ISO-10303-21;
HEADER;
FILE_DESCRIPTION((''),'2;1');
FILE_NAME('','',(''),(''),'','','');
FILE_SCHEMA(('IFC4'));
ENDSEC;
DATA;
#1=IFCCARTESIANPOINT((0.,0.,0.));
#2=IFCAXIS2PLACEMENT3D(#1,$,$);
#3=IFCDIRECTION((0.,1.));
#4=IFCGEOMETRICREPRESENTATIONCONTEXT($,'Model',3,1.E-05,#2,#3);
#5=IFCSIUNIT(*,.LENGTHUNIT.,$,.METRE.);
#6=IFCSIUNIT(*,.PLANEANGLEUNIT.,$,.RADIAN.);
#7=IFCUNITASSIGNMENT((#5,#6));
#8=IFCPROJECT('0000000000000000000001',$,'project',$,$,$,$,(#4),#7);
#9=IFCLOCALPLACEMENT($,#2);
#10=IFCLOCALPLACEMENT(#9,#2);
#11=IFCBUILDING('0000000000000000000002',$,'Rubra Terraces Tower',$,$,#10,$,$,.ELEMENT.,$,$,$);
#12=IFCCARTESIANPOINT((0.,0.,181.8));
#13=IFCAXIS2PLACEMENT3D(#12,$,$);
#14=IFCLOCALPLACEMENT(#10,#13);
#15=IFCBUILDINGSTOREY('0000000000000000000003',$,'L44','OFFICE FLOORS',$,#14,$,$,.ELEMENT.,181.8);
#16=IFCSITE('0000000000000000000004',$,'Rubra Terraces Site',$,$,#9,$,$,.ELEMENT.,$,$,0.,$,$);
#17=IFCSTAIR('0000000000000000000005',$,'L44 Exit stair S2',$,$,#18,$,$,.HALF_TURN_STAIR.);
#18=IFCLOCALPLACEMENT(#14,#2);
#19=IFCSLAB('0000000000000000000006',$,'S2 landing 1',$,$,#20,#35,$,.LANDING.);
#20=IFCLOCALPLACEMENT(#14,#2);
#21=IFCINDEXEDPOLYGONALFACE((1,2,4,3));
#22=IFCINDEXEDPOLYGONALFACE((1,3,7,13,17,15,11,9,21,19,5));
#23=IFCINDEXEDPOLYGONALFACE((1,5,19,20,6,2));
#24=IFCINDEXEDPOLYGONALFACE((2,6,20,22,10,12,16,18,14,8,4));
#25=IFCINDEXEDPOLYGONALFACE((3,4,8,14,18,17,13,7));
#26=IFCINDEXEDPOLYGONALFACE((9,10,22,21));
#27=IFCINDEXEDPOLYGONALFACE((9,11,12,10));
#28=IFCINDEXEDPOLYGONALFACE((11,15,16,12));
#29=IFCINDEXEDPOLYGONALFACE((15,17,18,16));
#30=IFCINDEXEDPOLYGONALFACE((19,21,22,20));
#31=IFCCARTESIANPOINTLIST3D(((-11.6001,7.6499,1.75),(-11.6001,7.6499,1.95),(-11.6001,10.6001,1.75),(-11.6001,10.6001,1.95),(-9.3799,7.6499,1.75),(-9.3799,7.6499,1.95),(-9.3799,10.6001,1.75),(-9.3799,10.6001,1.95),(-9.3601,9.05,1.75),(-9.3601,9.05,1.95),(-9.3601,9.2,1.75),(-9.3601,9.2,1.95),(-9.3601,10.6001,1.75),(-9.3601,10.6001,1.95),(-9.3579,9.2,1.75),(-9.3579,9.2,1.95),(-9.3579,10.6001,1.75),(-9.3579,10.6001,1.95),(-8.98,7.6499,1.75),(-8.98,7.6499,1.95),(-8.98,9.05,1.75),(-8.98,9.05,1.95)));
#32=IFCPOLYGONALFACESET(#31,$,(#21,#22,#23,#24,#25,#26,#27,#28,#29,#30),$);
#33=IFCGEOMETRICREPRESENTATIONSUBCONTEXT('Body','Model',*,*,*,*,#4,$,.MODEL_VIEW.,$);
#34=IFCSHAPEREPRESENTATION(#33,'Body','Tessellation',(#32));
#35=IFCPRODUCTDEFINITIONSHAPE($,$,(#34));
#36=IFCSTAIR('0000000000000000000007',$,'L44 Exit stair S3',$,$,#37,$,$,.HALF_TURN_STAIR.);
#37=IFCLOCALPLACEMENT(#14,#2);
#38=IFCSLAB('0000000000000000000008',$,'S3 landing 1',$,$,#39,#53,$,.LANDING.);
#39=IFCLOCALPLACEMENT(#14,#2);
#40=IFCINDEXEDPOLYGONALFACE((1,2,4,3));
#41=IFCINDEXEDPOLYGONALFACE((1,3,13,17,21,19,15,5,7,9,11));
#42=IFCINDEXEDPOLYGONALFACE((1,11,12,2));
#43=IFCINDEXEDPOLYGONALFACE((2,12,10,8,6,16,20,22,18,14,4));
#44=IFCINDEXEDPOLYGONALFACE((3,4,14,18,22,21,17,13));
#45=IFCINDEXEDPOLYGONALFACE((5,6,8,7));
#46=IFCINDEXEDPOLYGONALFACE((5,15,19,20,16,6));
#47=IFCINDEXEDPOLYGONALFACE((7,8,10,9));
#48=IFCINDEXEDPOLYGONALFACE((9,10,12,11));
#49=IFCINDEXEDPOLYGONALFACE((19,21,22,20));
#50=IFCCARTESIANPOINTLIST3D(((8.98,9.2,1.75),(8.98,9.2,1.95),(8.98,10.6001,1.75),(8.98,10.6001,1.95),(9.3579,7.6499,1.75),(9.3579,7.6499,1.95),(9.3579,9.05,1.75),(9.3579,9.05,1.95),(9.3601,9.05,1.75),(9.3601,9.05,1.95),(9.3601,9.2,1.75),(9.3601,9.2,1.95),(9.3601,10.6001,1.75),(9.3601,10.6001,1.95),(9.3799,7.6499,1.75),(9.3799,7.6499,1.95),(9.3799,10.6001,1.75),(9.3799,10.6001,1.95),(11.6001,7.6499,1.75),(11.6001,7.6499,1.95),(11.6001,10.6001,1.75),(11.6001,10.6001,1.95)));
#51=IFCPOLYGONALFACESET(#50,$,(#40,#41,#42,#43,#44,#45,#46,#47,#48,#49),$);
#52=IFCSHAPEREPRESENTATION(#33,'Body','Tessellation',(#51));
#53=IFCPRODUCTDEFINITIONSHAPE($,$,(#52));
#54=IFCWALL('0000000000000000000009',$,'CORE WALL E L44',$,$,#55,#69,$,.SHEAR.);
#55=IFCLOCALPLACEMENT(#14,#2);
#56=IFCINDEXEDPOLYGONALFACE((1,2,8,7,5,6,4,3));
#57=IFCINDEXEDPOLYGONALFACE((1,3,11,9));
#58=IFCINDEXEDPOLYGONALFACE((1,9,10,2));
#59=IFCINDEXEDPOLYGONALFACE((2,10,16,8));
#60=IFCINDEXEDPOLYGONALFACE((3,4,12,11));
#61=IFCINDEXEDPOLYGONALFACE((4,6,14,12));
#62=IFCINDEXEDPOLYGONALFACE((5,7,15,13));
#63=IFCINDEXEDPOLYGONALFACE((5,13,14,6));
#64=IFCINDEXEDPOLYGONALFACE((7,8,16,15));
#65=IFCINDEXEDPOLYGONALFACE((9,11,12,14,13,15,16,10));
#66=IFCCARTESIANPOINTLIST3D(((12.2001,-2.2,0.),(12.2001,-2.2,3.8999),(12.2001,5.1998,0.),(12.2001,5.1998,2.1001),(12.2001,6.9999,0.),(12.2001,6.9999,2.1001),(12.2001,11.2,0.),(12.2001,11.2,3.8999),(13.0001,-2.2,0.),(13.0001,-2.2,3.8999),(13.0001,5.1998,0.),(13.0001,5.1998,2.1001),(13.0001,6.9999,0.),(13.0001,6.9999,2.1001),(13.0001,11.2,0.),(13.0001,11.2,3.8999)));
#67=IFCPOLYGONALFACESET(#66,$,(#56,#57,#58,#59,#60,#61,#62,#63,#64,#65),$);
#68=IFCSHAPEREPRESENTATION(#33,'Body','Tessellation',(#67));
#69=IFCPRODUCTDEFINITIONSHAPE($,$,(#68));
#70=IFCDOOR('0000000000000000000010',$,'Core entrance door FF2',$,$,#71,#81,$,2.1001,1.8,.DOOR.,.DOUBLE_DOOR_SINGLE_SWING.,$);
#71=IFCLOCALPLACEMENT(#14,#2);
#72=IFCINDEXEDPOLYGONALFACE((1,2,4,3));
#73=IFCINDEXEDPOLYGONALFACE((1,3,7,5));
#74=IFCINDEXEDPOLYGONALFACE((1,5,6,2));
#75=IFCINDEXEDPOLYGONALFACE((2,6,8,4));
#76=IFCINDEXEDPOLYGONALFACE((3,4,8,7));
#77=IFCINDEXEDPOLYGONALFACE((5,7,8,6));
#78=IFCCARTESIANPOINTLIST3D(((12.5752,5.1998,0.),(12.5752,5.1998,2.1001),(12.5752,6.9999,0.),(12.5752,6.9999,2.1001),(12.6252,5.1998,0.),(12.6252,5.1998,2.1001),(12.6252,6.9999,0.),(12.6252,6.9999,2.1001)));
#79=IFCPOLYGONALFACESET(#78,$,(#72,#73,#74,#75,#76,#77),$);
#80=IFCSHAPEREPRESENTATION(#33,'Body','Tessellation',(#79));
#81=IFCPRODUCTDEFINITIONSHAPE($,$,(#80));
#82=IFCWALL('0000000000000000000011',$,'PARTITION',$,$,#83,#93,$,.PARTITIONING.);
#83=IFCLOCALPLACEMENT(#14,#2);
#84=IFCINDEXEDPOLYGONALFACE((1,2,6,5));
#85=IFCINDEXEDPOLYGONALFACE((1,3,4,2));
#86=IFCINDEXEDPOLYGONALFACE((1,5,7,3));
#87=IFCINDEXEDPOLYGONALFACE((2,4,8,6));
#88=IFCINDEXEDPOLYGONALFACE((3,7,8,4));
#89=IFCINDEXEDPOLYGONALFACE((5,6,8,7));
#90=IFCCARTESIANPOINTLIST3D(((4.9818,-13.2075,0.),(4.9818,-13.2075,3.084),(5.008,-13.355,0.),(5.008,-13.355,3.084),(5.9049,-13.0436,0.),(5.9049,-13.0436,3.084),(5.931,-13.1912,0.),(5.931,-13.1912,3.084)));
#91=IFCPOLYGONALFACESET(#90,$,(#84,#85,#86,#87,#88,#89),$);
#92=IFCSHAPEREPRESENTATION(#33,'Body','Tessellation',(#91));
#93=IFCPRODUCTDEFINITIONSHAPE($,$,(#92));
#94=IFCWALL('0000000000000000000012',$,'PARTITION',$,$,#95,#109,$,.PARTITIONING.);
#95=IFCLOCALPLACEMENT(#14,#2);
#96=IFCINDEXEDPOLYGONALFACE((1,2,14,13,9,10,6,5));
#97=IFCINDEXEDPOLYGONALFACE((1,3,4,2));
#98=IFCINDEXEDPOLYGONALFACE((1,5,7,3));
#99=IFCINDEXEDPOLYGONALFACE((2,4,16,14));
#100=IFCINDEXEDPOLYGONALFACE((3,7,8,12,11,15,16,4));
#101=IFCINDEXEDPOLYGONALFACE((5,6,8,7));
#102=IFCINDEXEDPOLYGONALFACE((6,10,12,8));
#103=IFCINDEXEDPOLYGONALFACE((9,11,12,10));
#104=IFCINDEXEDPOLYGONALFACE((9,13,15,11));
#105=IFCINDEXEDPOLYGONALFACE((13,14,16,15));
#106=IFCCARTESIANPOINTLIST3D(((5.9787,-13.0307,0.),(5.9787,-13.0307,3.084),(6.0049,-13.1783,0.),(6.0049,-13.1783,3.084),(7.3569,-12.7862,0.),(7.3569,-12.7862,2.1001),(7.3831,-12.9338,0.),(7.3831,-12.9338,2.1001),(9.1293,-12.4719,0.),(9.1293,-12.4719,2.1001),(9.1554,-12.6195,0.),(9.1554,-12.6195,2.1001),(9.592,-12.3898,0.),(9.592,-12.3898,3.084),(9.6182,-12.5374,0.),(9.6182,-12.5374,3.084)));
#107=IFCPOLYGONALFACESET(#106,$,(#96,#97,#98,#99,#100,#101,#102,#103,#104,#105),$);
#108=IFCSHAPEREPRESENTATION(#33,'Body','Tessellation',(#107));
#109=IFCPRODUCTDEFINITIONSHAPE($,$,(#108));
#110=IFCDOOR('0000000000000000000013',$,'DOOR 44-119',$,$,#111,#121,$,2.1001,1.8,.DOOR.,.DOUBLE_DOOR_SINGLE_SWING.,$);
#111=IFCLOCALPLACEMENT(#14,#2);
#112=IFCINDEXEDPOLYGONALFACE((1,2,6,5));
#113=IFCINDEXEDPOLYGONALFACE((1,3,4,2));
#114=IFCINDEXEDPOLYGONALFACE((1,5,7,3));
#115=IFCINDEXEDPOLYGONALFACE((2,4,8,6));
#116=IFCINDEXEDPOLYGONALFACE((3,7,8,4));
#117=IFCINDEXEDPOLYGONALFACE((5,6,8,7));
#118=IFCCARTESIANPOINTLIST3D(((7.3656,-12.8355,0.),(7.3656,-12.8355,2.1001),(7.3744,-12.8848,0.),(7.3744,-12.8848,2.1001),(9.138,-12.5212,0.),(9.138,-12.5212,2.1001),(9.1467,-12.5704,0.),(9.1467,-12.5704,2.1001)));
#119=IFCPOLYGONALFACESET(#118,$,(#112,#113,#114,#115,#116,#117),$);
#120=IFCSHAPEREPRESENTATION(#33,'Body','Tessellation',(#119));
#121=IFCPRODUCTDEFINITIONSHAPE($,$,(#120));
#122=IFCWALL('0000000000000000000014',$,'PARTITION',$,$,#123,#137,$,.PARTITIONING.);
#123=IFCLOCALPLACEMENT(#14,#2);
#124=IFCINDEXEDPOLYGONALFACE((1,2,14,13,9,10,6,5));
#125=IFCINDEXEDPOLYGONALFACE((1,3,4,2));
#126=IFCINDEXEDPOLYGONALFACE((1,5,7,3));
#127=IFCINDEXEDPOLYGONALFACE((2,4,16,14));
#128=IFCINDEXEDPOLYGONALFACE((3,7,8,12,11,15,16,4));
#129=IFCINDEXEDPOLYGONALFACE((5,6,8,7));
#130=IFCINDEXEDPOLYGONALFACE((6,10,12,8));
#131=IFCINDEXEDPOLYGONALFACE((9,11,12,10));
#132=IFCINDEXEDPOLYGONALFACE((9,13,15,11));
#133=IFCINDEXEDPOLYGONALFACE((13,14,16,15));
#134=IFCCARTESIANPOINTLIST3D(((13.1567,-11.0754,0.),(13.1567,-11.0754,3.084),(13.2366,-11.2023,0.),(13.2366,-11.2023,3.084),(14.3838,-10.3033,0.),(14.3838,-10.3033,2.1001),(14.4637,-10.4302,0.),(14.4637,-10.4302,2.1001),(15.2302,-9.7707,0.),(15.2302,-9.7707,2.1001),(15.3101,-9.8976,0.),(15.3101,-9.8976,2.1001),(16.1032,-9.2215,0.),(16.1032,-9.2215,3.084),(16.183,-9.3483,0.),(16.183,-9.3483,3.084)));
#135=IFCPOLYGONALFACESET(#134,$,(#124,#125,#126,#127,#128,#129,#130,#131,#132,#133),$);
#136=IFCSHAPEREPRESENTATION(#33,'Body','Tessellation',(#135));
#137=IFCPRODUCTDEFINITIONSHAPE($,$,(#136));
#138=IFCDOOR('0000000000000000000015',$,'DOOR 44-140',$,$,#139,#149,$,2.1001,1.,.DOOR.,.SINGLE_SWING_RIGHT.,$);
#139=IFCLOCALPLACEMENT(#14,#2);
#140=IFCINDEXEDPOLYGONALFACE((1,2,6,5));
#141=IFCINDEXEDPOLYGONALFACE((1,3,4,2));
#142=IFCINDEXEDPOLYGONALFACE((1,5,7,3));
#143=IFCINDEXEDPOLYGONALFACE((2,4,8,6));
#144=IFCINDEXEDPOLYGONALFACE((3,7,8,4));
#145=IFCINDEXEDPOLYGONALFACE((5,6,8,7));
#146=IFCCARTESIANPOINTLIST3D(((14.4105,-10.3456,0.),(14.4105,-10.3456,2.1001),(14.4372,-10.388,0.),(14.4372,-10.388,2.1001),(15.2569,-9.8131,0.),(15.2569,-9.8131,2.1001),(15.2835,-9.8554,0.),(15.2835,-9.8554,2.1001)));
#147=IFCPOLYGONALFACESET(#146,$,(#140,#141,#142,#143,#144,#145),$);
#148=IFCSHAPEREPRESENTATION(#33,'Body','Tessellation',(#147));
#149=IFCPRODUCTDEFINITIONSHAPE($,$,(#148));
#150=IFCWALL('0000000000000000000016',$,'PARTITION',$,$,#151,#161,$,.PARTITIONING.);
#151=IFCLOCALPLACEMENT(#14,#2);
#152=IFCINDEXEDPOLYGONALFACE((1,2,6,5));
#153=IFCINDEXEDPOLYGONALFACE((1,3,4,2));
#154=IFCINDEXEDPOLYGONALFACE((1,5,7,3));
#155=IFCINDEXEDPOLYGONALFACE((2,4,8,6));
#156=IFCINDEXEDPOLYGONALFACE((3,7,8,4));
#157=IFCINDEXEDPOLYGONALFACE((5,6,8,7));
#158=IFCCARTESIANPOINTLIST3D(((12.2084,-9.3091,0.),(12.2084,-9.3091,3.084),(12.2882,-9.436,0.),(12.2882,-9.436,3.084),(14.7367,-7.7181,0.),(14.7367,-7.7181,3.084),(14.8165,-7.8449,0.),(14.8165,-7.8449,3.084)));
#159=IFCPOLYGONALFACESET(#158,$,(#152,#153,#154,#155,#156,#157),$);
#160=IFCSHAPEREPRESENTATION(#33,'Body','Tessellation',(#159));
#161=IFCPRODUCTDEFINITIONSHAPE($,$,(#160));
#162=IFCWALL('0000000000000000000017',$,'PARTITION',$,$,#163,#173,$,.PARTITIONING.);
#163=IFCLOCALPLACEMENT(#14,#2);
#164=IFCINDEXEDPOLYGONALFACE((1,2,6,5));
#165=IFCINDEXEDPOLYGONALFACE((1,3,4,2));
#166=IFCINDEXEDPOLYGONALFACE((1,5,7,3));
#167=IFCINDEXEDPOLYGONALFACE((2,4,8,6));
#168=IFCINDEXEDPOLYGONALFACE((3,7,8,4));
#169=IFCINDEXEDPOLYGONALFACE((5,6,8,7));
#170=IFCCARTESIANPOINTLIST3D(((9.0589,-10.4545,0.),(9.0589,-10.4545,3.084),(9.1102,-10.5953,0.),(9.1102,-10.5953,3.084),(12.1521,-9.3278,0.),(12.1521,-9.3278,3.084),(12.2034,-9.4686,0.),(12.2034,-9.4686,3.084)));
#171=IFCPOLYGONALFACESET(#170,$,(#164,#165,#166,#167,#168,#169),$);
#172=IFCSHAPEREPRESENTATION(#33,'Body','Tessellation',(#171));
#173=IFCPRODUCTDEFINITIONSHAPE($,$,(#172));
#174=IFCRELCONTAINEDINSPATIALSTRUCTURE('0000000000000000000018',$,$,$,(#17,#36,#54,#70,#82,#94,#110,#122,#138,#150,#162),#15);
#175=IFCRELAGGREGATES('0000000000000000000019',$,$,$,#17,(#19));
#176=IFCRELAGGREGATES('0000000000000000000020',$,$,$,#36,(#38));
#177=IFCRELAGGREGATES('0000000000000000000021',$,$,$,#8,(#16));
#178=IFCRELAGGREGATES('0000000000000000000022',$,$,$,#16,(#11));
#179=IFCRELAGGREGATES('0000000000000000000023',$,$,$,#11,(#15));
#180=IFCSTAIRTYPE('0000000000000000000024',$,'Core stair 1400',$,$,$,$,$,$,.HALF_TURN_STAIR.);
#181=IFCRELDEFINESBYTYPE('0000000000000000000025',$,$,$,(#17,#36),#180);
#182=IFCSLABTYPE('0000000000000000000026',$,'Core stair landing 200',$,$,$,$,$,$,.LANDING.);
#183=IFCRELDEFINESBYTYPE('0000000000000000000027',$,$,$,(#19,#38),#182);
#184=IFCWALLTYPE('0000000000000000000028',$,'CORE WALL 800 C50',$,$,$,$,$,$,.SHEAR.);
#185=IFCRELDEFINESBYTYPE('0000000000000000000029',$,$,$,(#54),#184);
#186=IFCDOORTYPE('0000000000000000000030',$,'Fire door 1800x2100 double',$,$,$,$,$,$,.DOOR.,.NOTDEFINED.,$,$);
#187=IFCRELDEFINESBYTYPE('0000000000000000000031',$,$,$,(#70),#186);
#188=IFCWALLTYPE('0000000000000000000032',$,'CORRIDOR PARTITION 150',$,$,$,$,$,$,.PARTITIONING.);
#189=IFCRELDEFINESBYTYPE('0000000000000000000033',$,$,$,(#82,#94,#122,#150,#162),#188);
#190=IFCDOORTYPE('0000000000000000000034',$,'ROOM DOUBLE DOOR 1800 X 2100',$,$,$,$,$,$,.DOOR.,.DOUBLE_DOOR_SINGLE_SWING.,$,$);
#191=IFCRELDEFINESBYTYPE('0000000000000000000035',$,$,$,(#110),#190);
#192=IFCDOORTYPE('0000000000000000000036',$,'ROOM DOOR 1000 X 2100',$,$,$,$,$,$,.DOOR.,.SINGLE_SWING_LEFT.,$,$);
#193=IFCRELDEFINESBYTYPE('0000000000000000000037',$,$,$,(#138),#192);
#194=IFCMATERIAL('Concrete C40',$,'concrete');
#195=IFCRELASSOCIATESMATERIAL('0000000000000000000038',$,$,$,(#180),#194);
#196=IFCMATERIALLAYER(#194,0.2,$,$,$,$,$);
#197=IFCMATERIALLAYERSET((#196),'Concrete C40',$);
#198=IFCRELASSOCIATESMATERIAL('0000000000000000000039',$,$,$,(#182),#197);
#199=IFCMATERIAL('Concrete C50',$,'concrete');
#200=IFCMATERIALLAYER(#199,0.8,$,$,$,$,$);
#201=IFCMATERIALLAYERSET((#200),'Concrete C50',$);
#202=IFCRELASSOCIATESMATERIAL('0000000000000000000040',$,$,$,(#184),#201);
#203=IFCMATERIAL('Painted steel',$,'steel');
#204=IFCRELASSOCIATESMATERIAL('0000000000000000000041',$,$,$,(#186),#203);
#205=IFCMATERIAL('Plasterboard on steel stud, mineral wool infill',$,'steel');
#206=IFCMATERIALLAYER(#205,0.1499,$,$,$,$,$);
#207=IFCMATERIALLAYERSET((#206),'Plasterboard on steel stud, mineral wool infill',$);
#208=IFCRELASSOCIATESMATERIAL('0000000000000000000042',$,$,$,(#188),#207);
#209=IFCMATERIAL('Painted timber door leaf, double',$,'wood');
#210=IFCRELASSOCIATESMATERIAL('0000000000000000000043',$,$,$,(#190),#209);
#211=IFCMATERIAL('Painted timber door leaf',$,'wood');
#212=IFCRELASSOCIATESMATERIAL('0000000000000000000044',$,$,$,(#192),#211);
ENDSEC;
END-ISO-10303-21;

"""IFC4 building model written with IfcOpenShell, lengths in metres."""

from ifc_helpers import new_model, si_unit, direction, frame, frame_2d, origin, place, context, subcontext, project, spatial, polyline, rectangle, outline, extrude, material, layer, layer_set, type_object, element, fill, aggregate, save


model = new_model("IFC4")

# Units and contexts
model_context = context("Model", 3, precision=1e-05, world=origin(), true_north=direction((0.0, 1.0)))
body_context = subcontext(model_context, "Body", "Model", "MODEL_VIEW")
ifc_project = project(units=[si_unit("LENGTHUNIT", "METRE"), si_unit("PLANEANGLEUNIT", "RADIAN")], contexts=[model_context])

# Site, building, storey
site_placement = place(None, origin())
site = spatial("IfcSite", under=ifc_project, at=site_placement, Name="Rubra Terraces Site", CompositionType="ELEMENT", RefElevation=0.0)
building_placement = place(site_placement, origin())
building = spatial("IfcBuilding", under=site, at=building_placement, Name="Rubra Terraces Tower", CompositionType="ELEMENT")
storey_placement = place(building_placement, frame((0.0, 0.0, 181.8)))
storey = spatial("IfcBuildingStorey", under=building, at=storey_placement, Name="L44", Description="OFFICE FLOORS", CompositionType="ELEMENT", Elevation=181.8)

# Stairs, slabs
ifc_material_1 = material(Name="Concrete C40", Category="concrete")
stair_type = type_object("IfcStairType", Name="Core stair 1400", PredefinedType="HALF_TURN_STAIR", material=ifc_material_1)
stair_1_placement = place(storey_placement, origin())
stair_1 = element("IfcStair", 1, at=stair_1_placement, inside=storey, type_object=stair_type, Name="L44 Exit stair S2", PredefinedType="HALF_TURN_STAIR")
ifc_layer_1 = layer(ifc_material_1, 0.2)
ifc_layer_set_1 = layer_set([ifc_layer_1], Name="Concrete C40")
slab_type = type_object("IfcSlabType", Name="Core stair landing 200", PredefinedType="LANDING", material=ifc_layer_set_1)
slab_1_placement = place(storey_placement, frame((0.0, 0.0, 1.75)))
slab_1 = element("IfcSlab", 2, at=slab_1_placement, type_object=slab_type, Name="S2 landing 1", PredefinedType="LANDING", context=body_context, shape_type="SweptSolid", body=[
    extrude(outline(polyline([(-8.98, 9.05), (-8.98, 7.6499), (-9.3799, 7.6499), (-11.6001, 7.6499), (-11.6001, 10.6001), (-9.3799, 10.6001), (-9.3601, 10.6001), (-9.3579, 10.6001), (-9.3579, 9.2), (-9.3601, 9.2), (-9.3601, 9.05), (-8.98, 9.05)])), origin(), (0.0, 0.0, 1.0), 0.2),
])
aggregate(stair_1, [slab_1])
stair_2_placement = place(storey_placement, origin())
stair_2 = element("IfcStair", 3, at=stair_2_placement, inside=storey, type_object=stair_type, Name="L44 Exit stair S3", PredefinedType="HALF_TURN_STAIR")
slab_2_placement = place(storey_placement, frame((0.0, 0.0, 1.75)))
slab_2 = element("IfcSlab", 4, at=slab_2_placement, type_object=slab_type, Name="S3 landing 1", PredefinedType="LANDING", context=body_context, shape_type="SweptSolid", body=[
    extrude(outline(polyline([(9.3601, 9.05), (9.3601, 9.2), (8.98, 9.2), (8.98, 10.6001), (9.3601, 10.6001), (9.3799, 10.6001), (11.6001, 10.6001), (11.6001, 7.6499), (9.3799, 7.6499), (9.3579, 7.6499), (9.3579, 9.05), (9.3601, 9.05)])), origin(), (0.0, 0.0, 1.0), 0.2),
])
aggregate(stair_2, [slab_2])

# Wall, opening, door
ifc_material_2 = material(Name="Concrete C50", Category="concrete")
ifc_layer_2 = layer(ifc_material_2, 0.8)
ifc_layer_set_2 = layer_set([ifc_layer_2], Name="Concrete C50")
wall_type_1 = type_object("IfcWallType", Name="CORE WALL 800 C50", PredefinedType="SHEAR", material=ifc_layer_set_2)
wall_1_placement = place(storey_placement, frame((12.6001, -2.2, 0.0), z_axis=(0.0, 0.0, 1.0), x_axis=(0.0, 1.0, 0.0)))
wall_1 = element("IfcWall", 5, at=wall_1_placement, inside=storey, type_object=wall_type_1, Name="CORE WALL E L44", PredefinedType="SHEAR", context=body_context, shape_type="SweptSolid", body=[
    extrude(rectangle(XDim=13.3999, YDim=0.8, at=frame_2d((6.7, 0.0))), origin(), (0.0, 0.0, 1.0), 3.8999),
])
opening_1_placement = place(wall_1_placement, frame((7.3999, 0.0, 0.0)))
opening_1 = element("IfcOpeningElement", 6, at=opening_1_placement, cuts=wall_1, PredefinedType="OPENING", context=body_context, shape_type="SweptSolid", body=[
    extrude(rectangle(XDim=1.8, YDim=2.1001, at=frame_2d((0.8999, 1.05))), frame((0.0, 0.4099, 0.0), z_axis=(0.0, -1.0, 0.0), x_axis=(1.0, 0.0, 0.0)), (0.0, 0.0, 1.0), 0.8201),
])
ifc_material_3 = material(Name="Painted steel", Category="steel")
door_type_1 = type_object("IfcDoorType", Name="Fire door 1800x2100 double", OperationType="NOTDEFINED", PredefinedType="DOOR", material=ifc_material_3)
door_1_placement = place(opening_1_placement, origin())
door_1 = element("IfcDoor", 7, at=door_1_placement, inside=storey, type_object=door_type_1, Name="Core entrance door FF2", OperationType="DOUBLE_DOOR_SINGLE_SWING", OverallHeight=2.1001, OverallWidth=1.8, PredefinedType="DOOR", context=body_context, shape_type="SweptSolid", body=[
    extrude(rectangle(XDim=1.8, YDim=2.1001, at=frame_2d((0.8999, 1.05))), frame((0.0, 0.0249, 0.0), z_axis=(0.0, -1.0, 0.0), x_axis=(1.0, 0.0, 0.0)), (0.0, 0.0, 1.0), 0.05),
])
fill(opening_1, door_1)

# Wall
ifc_material_4 = material(Name="Plasterboard on steel stud, mineral wool infill", Category="steel")
ifc_layer_3 = layer(ifc_material_4, 0.1499)
ifc_layer_set_3 = layer_set([ifc_layer_3], Name="Plasterboard on steel stud, mineral wool infill")
wall_type_2 = type_object("IfcWallType", Name="CORRIDOR PARTITION 150", PredefinedType="PARTITIONING", material=ifc_layer_set_3)
wall_2_placement = place(storey_placement, frame((4.9949, -13.2812, 0.0), z_axis=(0.0, 0.0, 1.0), x_axis=(0.984615, 0.174736, 0.0)))
element("IfcWall", 8, at=wall_2_placement, inside=storey, type_object=wall_type_2, Name="PARTITION", PredefinedType="PARTITIONING", context=body_context, shape_type="SweptSolid", body=[
    extrude(rectangle(XDim=0.9375, YDim=0.1499, at=frame_2d((0.4688, 0.0))), origin(), (0.0, 0.0, 1.0), 3.084),
])

# Walls, openings, doors
wall_3_placement = place(storey_placement, frame((5.9917, -13.1045, 0.0), z_axis=(0.0, 0.0, 1.0), x_axis=(0.984632, 0.174639, 0.0)))
wall_3 = element("IfcWall", 9, at=wall_3_placement, inside=storey, type_object=wall_type_2, Name="PARTITION", PredefinedType="PARTITIONING", context=body_context, shape_type="SweptSolid", body=[
    extrude(rectangle(XDim=3.6697, YDim=0.1499, at=frame_2d((1.835, 0.0))), origin(), (0.0, 0.0, 1.0), 3.084),
])
opening_2_placement = place(wall_3_placement, frame((1.3999, 0.0, 0.0)))
opening_2 = element("IfcOpeningElement", 10, at=opening_2_placement, cuts=wall_3, PredefinedType="OPENING", context=body_context, shape_type="SweptSolid", body=[
    extrude(rectangle(XDim=1.8, YDim=2.1001, at=frame_2d((0.8999, 1.05))), frame((0.0, 0.085, 0.0), z_axis=(0.0, -1.0, 0.0), x_axis=(1.0, 0.0, 0.0)), (0.0, 0.0, 1.0), 0.1699),
])
ifc_material_5 = material(Name="Painted timber door leaf, double", Category="wood")
door_type_2 = type_object("IfcDoorType", Name="ROOM DOUBLE DOOR 1800 X 2100", OperationType="DOUBLE_DOOR_SINGLE_SWING", PredefinedType="DOOR", material=ifc_material_5)
door_2_placement = place(opening_2_placement, origin())
door_2 = element("IfcDoor", 11, at=door_2_placement, inside=storey, type_object=door_type_2, Name="DOOR 44-119", OperationType="DOUBLE_DOOR_SINGLE_SWING", OverallHeight=2.1001, OverallWidth=1.8, PredefinedType="DOOR", context=body_context, shape_type="SweptSolid", body=[
    extrude(rectangle(XDim=1.8, YDim=2.1001, at=frame_2d((0.8999, 1.05))), frame((0.0, 0.0249, 0.0), z_axis=(0.0, -1.0, 0.0), x_axis=(1.0, 0.0, 0.0)), (0.0, 0.0, 1.0), 0.05),
])
fill(opening_2, door_2)
wall_4_placement = place(storey_placement, frame((13.1965, -11.1389, 0.0), z_axis=(0.0, 0.0, 1.0), x_axis=(0.846391, 0.532562, 0.0)))
wall_4 = element("IfcWall", 12, at=wall_4_placement, inside=storey, type_object=wall_type_2, Name="PARTITION", PredefinedType="PARTITIONING", context=body_context, shape_type="SweptSolid", body=[
    extrude(rectangle(XDim=3.4812, YDim=0.1499, at=frame_2d((1.7407, 0.0))), origin(), (0.0, 0.0, 1.0), 3.084),
])
opening_3_placement = place(wall_4_placement, frame((1.45, 0.0, 0.0)))
opening_3 = element("IfcOpeningElement", 13, at=opening_3_placement, cuts=wall_4, PredefinedType="OPENING", context=body_context, shape_type="SweptSolid", body=[
    extrude(rectangle(XDim=1.0, YDim=2.1001, at=frame_2d((0.5, 1.05))), frame((0.0, 0.085, 0.0), z_axis=(0.0, -1.0, 0.0), x_axis=(1.0, 0.0, 0.0)), (0.0, 0.0, 1.0), 0.1699),
])
ifc_material_6 = material(Name="Painted timber door leaf", Category="wood")
door_type_3 = type_object("IfcDoorType", Name="ROOM DOOR 1000 X 2100", OperationType="SINGLE_SWING_LEFT", PredefinedType="DOOR", material=ifc_material_6)
door_3_placement = place(opening_3_placement, origin())
door_3 = element("IfcDoor", 14, at=door_3_placement, inside=storey, type_object=door_type_3, Name="DOOR 44-140", OperationType="SINGLE_SWING_RIGHT", OverallHeight=2.1001, OverallWidth=1.0, PredefinedType="DOOR", context=body_context, shape_type="SweptSolid", body=[
    extrude(rectangle(XDim=1.0, YDim=2.1001, at=frame_2d((0.5, 1.05))), frame((0.0, 0.0249, 0.0), z_axis=(0.0, -1.0, 0.0), x_axis=(1.0, 0.0, 0.0)), (0.0, 0.0, 1.0), 0.05),
])
fill(opening_3, door_3)

# Walls
wall_5_placement = place(storey_placement, frame((14.7766, -7.7815, 0.0), z_axis=(0.0, 0.0, 1.0), x_axis=(-0.84636, -0.532612, 0.0)))
element("IfcWall", 15, at=wall_5_placement, inside=storey, type_object=wall_type_2, Name="PARTITION", PredefinedType="PARTITIONING", context=body_context, shape_type="SweptSolid", body=[
    extrude(rectangle(XDim=2.9873, YDim=0.1499, at=frame_2d((1.4937, 0.0))), origin(), (0.0, 0.0, 1.0), 3.084),
])
wall_6_placement = place(storey_placement, frame((12.1777, -9.3982, 0.0), z_axis=(0.0, 0.0, 1.0), x_axis=(-0.939609, -0.342249, 0.0)))
element("IfcWall", 16, at=wall_6_placement, inside=storey, type_object=wall_type_2, Name="PARTITION", PredefinedType="PARTITIONING", context=body_context, shape_type="SweptSolid", body=[
    extrude(rectangle(XDim=3.292, YDim=0.1499, at=frame_2d((1.646, 0.0))), origin(), (0.0, 0.0, 1.0), 3.084),
])

save(model, "model.ifc")
